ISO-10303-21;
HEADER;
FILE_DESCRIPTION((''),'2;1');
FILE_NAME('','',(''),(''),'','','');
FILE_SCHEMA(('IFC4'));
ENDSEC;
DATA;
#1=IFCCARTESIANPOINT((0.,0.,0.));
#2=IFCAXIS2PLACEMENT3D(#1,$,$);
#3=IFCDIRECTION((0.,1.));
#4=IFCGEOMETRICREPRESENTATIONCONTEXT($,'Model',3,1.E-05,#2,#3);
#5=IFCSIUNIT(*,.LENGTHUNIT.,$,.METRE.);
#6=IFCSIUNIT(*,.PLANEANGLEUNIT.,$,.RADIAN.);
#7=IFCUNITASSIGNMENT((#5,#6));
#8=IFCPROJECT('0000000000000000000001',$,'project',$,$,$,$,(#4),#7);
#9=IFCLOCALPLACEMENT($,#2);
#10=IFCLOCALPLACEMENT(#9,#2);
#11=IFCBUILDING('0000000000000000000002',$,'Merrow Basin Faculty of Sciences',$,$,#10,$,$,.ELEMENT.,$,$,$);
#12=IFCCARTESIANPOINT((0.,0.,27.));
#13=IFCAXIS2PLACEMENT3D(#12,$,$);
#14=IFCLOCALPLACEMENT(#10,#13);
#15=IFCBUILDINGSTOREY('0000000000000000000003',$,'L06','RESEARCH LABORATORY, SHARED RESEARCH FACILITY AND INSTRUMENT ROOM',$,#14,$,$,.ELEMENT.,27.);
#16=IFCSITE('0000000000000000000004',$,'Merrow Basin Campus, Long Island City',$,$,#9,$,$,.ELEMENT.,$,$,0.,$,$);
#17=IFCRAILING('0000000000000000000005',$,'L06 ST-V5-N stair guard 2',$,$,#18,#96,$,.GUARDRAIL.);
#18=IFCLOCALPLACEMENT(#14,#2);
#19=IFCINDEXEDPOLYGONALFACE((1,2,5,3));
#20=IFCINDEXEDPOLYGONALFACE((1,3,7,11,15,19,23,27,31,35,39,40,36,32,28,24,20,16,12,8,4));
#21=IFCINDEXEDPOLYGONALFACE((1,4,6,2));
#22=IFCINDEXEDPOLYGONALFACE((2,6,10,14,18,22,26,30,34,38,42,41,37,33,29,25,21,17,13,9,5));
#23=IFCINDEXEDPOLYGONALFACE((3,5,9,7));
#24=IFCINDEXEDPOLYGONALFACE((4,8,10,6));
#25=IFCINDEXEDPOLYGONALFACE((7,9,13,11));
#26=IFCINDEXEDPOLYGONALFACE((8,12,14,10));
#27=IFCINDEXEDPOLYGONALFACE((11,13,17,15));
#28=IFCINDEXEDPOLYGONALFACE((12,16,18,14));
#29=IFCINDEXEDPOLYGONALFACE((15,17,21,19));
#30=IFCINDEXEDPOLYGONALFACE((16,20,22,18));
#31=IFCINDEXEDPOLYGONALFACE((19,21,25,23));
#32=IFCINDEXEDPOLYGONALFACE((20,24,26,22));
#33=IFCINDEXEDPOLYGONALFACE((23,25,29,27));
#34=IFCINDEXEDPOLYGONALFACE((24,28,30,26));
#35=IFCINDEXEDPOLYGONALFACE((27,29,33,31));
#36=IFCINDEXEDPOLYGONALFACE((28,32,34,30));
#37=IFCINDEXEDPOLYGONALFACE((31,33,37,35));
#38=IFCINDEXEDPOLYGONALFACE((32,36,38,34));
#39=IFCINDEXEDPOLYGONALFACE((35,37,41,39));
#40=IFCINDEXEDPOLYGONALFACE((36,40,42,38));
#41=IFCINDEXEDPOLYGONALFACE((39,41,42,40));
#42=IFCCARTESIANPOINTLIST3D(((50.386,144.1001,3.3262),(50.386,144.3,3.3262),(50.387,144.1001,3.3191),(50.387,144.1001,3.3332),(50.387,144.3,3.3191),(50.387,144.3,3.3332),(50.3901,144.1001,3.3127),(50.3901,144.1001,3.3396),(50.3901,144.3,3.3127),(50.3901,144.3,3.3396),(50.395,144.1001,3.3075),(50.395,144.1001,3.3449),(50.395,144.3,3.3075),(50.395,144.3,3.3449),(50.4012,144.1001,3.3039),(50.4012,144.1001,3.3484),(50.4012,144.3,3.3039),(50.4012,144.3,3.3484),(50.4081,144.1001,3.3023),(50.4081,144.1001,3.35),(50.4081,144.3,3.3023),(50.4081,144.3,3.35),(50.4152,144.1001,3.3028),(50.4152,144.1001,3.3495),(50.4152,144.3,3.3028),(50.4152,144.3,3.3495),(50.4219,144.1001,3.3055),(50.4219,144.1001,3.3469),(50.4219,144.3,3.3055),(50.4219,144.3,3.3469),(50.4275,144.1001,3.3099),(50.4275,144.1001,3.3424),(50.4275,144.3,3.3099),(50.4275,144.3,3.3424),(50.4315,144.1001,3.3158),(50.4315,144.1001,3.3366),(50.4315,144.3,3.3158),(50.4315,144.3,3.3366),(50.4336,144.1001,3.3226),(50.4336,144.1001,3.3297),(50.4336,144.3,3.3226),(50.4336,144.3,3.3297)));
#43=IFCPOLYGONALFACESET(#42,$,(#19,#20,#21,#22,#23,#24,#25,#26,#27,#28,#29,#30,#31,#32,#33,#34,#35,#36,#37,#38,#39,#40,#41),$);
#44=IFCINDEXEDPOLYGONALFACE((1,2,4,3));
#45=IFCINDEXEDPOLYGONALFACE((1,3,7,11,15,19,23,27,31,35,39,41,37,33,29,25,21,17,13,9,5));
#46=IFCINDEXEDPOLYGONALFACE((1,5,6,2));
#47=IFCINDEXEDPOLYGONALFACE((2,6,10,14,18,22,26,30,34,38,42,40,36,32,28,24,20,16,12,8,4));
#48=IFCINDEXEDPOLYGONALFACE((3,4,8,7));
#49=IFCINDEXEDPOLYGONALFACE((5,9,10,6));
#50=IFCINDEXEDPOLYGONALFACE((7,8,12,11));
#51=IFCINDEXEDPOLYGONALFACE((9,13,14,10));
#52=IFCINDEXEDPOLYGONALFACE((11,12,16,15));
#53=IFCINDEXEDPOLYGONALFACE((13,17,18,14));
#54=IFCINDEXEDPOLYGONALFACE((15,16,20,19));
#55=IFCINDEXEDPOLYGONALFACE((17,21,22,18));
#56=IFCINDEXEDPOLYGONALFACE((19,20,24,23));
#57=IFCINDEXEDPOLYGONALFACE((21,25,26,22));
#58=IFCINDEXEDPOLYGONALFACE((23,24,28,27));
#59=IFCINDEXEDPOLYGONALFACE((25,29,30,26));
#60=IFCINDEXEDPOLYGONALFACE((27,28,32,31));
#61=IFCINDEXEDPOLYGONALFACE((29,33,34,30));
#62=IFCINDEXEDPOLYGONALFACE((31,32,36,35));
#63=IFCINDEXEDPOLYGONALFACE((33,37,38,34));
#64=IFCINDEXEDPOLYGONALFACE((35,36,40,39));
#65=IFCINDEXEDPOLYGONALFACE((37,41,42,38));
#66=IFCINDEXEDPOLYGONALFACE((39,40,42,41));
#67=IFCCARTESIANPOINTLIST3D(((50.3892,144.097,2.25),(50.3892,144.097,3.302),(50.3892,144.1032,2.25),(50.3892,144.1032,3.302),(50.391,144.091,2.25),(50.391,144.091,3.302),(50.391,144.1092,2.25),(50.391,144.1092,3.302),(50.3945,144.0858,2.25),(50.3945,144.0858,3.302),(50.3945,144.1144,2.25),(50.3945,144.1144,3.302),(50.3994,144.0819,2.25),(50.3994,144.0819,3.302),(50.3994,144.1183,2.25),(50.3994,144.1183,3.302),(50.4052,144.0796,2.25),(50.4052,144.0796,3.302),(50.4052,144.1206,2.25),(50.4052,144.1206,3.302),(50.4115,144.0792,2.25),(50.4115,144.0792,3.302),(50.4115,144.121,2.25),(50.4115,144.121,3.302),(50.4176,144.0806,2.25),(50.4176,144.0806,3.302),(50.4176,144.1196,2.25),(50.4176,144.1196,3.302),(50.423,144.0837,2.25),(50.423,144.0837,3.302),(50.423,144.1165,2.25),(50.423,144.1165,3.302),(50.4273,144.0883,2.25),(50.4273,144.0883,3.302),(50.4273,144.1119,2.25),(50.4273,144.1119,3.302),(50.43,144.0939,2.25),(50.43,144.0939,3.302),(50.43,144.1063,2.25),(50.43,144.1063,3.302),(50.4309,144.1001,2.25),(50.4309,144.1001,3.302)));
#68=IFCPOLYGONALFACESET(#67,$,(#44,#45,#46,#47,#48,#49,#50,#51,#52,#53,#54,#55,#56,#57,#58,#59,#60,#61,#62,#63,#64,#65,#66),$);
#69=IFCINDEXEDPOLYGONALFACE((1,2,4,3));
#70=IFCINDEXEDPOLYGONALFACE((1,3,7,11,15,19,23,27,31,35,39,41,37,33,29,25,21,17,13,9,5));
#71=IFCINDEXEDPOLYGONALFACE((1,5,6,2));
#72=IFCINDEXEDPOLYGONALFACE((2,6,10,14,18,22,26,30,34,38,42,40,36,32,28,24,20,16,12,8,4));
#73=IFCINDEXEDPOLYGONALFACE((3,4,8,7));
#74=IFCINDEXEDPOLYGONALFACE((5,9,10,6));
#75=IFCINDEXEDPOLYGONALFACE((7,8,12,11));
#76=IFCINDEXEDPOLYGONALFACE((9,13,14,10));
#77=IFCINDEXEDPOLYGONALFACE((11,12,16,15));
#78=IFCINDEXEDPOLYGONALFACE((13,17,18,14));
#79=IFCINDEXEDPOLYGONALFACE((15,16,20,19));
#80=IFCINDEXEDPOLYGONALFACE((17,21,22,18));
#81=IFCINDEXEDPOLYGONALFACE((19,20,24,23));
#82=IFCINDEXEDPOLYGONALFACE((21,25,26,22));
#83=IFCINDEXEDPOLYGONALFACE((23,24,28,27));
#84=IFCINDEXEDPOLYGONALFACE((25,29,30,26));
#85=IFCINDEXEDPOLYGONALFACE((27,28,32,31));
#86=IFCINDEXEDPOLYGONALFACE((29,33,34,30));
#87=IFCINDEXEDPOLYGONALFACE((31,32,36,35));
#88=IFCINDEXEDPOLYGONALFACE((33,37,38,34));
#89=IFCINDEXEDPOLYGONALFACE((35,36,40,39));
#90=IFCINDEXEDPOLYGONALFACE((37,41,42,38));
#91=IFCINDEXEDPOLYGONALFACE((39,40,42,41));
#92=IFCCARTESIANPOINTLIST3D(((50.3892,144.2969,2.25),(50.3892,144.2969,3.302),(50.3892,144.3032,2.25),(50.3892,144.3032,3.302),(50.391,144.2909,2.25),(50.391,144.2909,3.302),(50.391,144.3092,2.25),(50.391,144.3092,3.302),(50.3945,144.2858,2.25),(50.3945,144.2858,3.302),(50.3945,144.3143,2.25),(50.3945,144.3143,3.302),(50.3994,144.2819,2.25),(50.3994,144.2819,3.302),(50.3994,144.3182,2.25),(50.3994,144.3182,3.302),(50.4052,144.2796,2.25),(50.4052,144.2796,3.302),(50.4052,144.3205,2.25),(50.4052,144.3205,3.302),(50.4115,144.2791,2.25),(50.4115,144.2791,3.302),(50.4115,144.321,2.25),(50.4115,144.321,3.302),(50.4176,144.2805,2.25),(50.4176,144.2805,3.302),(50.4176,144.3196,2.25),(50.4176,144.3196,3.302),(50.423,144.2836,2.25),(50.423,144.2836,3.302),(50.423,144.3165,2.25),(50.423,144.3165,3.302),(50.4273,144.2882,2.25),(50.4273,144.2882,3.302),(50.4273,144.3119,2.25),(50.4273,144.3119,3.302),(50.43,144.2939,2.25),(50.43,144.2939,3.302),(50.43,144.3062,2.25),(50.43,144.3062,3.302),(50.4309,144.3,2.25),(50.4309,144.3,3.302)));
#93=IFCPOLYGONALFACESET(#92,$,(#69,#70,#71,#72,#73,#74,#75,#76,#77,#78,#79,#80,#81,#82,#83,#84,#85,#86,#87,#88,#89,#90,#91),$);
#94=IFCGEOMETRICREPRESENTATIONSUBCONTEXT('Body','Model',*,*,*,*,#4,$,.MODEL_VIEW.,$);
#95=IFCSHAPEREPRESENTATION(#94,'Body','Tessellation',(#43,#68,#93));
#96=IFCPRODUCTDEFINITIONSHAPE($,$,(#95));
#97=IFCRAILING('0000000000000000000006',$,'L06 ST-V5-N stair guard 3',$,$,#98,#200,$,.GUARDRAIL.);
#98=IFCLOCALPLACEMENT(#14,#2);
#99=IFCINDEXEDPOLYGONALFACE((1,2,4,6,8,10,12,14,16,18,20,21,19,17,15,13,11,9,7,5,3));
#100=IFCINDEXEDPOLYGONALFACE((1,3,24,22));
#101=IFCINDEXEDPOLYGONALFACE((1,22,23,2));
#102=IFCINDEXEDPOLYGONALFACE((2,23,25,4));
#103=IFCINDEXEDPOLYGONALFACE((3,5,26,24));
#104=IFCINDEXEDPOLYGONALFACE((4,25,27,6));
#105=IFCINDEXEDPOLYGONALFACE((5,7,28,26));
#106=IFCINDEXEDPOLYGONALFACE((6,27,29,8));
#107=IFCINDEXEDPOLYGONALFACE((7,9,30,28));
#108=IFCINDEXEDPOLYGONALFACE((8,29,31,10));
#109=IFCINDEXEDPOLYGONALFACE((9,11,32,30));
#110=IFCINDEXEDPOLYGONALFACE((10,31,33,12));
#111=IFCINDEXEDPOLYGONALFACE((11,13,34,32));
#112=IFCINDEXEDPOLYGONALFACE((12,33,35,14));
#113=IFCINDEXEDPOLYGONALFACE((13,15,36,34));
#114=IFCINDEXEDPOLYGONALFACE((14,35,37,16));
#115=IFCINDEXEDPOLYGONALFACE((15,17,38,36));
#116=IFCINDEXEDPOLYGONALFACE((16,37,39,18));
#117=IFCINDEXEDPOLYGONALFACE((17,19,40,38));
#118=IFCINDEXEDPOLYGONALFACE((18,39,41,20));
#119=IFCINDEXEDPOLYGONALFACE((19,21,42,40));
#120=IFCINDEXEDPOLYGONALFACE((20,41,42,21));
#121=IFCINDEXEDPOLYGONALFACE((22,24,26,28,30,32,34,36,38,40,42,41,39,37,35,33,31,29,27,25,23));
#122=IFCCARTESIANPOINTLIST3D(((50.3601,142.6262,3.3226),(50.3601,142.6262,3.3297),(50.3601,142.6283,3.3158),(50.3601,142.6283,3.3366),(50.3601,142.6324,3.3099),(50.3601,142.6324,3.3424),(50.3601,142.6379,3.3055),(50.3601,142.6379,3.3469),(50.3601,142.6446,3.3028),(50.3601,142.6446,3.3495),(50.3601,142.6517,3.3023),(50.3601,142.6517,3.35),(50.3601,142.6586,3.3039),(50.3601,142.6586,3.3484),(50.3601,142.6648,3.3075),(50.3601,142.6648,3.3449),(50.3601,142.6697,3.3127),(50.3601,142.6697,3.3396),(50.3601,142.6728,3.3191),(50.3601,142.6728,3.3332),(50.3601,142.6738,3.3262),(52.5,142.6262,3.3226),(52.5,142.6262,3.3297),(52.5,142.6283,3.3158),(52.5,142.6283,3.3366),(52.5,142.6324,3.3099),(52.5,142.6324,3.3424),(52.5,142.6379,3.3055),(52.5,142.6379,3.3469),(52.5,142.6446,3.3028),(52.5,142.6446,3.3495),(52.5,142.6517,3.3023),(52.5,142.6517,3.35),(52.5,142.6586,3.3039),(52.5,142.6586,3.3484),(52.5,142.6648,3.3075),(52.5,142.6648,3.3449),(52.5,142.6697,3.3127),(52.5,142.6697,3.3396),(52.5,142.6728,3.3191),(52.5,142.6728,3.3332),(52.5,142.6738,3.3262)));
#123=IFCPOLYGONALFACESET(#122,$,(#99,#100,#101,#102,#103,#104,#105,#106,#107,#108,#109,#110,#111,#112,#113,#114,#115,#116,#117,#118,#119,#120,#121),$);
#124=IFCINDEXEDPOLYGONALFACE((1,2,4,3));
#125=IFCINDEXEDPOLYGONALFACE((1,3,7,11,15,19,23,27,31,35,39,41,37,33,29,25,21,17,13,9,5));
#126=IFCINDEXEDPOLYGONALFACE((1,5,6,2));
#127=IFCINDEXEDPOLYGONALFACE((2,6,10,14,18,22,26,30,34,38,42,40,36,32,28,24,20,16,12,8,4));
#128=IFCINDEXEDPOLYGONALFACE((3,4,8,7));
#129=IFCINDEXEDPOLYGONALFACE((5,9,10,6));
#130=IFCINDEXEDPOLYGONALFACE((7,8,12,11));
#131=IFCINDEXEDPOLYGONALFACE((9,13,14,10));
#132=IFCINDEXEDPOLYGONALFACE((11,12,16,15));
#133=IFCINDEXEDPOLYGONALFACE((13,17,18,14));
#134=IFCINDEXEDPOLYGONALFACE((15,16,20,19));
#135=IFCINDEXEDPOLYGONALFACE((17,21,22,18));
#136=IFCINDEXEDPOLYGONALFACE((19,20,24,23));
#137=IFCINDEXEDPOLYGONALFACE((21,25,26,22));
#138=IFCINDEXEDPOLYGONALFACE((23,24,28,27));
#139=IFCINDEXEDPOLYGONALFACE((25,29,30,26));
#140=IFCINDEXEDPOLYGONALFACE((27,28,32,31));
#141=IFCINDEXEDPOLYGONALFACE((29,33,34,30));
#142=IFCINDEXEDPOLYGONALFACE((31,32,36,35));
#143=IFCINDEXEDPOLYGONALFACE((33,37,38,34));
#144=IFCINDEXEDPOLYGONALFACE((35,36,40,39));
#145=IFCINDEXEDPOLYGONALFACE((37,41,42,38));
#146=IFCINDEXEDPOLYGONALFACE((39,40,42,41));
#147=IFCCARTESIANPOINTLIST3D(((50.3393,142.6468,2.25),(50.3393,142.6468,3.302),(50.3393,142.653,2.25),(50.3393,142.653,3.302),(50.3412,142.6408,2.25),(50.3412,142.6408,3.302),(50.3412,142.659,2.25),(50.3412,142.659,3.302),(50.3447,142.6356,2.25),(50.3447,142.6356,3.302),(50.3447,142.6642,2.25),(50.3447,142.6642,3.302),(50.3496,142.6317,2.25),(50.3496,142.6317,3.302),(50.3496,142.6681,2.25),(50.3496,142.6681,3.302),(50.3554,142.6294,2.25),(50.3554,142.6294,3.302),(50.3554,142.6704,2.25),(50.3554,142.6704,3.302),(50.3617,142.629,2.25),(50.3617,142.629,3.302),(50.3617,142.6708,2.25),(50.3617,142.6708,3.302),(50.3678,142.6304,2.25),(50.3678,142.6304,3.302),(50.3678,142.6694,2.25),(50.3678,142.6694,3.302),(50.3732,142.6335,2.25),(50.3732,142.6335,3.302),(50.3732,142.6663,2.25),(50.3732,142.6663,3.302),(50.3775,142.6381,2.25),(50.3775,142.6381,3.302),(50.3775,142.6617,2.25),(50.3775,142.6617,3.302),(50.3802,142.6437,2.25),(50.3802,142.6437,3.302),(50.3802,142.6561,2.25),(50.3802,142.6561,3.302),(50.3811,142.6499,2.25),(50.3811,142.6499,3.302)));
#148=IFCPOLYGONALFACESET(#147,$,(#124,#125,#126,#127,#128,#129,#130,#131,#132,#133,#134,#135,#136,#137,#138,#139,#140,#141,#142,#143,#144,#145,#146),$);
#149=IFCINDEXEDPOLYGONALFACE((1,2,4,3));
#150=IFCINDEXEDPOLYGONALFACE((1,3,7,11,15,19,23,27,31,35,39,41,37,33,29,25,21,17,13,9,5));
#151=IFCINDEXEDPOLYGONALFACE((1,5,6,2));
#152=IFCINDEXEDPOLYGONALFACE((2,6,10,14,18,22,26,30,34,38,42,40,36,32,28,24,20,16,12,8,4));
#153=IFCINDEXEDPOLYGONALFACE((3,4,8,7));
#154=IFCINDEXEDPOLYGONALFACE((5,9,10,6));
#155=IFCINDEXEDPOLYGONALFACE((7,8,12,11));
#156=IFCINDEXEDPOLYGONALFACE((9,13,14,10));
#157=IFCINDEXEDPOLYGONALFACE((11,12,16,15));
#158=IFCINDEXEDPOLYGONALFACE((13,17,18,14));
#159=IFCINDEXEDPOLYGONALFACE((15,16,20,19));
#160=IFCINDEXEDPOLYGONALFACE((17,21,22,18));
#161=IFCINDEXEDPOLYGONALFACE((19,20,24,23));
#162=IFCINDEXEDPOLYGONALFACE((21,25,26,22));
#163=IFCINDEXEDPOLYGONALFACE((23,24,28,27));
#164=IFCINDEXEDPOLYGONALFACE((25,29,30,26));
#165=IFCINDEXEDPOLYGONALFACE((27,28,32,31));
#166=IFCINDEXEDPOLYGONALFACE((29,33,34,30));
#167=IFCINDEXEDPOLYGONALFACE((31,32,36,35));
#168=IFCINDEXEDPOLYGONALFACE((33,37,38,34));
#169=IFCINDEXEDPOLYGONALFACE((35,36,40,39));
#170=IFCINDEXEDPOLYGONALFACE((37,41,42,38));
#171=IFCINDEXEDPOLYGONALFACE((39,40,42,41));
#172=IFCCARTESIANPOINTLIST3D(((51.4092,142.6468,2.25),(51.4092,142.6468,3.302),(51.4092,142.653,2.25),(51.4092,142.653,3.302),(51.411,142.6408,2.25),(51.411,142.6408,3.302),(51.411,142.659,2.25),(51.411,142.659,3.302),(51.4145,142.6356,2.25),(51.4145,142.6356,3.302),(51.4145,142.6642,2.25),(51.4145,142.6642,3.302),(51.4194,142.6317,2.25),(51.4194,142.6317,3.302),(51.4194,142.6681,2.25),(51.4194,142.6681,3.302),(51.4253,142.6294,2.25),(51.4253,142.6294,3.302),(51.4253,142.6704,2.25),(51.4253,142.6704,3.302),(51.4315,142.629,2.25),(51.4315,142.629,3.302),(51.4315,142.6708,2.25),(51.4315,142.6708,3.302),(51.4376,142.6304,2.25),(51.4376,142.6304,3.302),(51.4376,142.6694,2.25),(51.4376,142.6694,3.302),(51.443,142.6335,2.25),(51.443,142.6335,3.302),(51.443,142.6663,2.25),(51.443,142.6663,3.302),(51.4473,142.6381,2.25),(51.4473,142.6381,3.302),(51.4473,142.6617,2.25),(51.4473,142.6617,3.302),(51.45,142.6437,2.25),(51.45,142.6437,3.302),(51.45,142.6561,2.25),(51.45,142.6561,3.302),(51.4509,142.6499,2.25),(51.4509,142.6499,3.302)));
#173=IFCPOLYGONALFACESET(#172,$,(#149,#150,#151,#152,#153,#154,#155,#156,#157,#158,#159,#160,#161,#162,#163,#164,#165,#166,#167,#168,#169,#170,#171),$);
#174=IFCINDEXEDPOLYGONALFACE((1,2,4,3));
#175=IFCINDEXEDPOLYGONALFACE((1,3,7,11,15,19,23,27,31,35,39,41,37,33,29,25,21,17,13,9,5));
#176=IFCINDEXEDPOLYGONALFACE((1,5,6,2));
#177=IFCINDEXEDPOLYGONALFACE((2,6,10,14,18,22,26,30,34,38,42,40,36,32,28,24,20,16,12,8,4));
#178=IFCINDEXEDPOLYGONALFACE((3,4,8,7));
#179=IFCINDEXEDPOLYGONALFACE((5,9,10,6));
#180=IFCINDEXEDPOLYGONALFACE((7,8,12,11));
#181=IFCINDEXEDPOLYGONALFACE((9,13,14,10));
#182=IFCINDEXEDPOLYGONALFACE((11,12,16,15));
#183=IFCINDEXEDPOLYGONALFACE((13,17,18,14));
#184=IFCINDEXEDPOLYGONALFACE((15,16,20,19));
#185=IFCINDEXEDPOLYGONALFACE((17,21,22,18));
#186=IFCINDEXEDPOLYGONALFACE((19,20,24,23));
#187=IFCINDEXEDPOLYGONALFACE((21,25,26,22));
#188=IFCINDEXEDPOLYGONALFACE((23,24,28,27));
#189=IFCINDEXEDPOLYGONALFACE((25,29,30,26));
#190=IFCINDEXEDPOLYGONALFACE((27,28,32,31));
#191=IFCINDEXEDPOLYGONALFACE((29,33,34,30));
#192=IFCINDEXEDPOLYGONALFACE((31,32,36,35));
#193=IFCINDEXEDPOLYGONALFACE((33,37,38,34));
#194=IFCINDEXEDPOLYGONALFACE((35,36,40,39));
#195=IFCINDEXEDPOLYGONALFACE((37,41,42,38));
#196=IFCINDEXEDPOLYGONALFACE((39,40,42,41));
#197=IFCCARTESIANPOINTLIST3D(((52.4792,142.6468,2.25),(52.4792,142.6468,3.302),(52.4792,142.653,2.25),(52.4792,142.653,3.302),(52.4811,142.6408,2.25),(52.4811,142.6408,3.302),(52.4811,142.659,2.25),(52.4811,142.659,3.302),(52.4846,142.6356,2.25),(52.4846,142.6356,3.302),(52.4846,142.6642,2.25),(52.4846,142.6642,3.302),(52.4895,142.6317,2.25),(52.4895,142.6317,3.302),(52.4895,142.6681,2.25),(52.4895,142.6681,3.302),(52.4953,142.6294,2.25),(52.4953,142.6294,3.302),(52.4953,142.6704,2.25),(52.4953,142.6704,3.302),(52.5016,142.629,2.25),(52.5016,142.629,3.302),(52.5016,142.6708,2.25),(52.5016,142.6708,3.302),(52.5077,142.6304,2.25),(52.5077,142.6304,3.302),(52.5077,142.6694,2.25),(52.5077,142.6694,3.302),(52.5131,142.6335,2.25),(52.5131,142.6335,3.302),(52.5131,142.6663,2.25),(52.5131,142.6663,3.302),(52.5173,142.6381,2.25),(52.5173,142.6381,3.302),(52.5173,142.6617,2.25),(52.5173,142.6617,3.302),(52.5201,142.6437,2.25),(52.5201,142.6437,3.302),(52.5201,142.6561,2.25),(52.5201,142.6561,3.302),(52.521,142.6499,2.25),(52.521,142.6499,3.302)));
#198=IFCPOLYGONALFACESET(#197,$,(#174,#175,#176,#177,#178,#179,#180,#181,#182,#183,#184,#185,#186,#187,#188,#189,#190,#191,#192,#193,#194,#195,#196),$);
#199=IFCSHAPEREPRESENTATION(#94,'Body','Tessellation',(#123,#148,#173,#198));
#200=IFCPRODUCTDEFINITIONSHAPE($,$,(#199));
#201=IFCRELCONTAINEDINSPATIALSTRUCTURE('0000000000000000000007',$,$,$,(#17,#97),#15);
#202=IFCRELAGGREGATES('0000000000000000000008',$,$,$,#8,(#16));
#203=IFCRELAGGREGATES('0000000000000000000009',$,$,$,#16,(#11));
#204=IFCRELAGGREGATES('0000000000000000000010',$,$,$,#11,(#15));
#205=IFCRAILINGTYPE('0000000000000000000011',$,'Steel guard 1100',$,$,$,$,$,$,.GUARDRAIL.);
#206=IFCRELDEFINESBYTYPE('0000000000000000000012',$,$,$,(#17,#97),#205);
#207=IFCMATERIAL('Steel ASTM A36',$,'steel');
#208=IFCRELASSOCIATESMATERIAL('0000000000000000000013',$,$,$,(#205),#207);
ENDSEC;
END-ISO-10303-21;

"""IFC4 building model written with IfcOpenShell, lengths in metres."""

from ifc_helpers import new_model, si_unit, direction, frame, origin, origin_2d, place, context, subcontext, project, spatial, circle, extrude, material, type_object, element, save


model = new_model("IFC4")

# Units and contexts
model_context = context("Model", 3, precision=1e-05, world=origin(), true_north=direction((0.0, 1.0)))
body_context = subcontext(model_context, "Body", "Model", "MODEL_VIEW")
ifc_project = project(units=[si_unit("LENGTHUNIT", "METRE"), si_unit("PLANEANGLEUNIT", "RADIAN")], contexts=[model_context])

# Site, building, storey
site_placement = place(None, origin())
site = spatial("IfcSite", under=ifc_project, at=site_placement, Name="Merrow Basin Campus, Long Island City", CompositionType="ELEMENT", RefElevation=0.0)
building_placement = place(site_placement, origin())
building = spatial("IfcBuilding", under=site, at=building_placement, Name="Merrow Basin Faculty of Sciences", CompositionType="ELEMENT")
storey_placement = place(building_placement, frame((0.0, 0.0, 27.0)))
storey = spatial("IfcBuildingStorey", under=building, at=storey_placement, Name="L06", Description="RESEARCH LABORATORY, SHARED RESEARCH FACILITY AND INSTRUMENT ROOM", CompositionType="ELEMENT", Elevation=27.0)

# Railings
ifc_material_1 = material(Name="Steel ASTM A36", Category="steel")
railing_type_1 = type_object("IfcRailingType", Name="Steel guard 1100", PredefinedType="GUARDRAIL", material=ifc_material_1)
railing_1_placement = place(storey_placement, frame((50.4099, 144.1001, 2.25)))
element("IfcRailing", 1, at=railing_1_placement, inside=storey, type_object=railing_type_1, Name="L06 ST-V5-N stair guard 2", PredefinedType="GUARDRAIL", context=body_context, shape_type="SweptSolid", body=[
    extrude(circle(Radius=0.0239, at=origin_2d()), frame((0.0, 0.0, 1.0762), z_axis=(0.0, 1.0, 0.0), x_axis=(-1.0, 0.0, 0.0)), (0.0, 0.0, 1.0), 0.2),
    extrude(circle(Radius=0.021, at=origin_2d()), origin(), (0.0, 0.0, 1.0), 1.052),
    extrude(circle(Radius=0.021, at=origin_2d()), frame((0.0, 0.2, 0.0)), (0.0, 0.0, 1.0), 1.052),
])
railing_2_placement = place(storey_placement, frame((50.3601, 142.6499, 2.25)))
element("IfcRailing", 2, at=railing_2_placement, inside=storey, type_object=railing_type_1, Name="L06 ST-V5-N stair guard 3", PredefinedType="GUARDRAIL", context=body_context, shape_type="SweptSolid", body=[
    extrude(circle(Radius=0.0239, at=origin_2d()), frame((0.0, 0.0, 1.0762), z_axis=(1.0, 0.0, 0.0), x_axis=(0.0, 1.0, 0.0)), (0.0, 0.0, 1.0), 2.1399),
    extrude(circle(Radius=0.021, at=origin_2d()), origin(), (0.0, 0.0, 1.0), 1.052),
    extrude(circle(Radius=0.021, at=origin_2d()), frame((1.0698, 0.0, 0.0)), (0.0, 0.0, 1.0), 1.052),
    extrude(circle(Radius=0.021, at=origin_2d()), frame((2.1399, 0.0, 0.0)), (0.0, 0.0, 1.0), 1.052),
])

save(model, "model.ifc")
